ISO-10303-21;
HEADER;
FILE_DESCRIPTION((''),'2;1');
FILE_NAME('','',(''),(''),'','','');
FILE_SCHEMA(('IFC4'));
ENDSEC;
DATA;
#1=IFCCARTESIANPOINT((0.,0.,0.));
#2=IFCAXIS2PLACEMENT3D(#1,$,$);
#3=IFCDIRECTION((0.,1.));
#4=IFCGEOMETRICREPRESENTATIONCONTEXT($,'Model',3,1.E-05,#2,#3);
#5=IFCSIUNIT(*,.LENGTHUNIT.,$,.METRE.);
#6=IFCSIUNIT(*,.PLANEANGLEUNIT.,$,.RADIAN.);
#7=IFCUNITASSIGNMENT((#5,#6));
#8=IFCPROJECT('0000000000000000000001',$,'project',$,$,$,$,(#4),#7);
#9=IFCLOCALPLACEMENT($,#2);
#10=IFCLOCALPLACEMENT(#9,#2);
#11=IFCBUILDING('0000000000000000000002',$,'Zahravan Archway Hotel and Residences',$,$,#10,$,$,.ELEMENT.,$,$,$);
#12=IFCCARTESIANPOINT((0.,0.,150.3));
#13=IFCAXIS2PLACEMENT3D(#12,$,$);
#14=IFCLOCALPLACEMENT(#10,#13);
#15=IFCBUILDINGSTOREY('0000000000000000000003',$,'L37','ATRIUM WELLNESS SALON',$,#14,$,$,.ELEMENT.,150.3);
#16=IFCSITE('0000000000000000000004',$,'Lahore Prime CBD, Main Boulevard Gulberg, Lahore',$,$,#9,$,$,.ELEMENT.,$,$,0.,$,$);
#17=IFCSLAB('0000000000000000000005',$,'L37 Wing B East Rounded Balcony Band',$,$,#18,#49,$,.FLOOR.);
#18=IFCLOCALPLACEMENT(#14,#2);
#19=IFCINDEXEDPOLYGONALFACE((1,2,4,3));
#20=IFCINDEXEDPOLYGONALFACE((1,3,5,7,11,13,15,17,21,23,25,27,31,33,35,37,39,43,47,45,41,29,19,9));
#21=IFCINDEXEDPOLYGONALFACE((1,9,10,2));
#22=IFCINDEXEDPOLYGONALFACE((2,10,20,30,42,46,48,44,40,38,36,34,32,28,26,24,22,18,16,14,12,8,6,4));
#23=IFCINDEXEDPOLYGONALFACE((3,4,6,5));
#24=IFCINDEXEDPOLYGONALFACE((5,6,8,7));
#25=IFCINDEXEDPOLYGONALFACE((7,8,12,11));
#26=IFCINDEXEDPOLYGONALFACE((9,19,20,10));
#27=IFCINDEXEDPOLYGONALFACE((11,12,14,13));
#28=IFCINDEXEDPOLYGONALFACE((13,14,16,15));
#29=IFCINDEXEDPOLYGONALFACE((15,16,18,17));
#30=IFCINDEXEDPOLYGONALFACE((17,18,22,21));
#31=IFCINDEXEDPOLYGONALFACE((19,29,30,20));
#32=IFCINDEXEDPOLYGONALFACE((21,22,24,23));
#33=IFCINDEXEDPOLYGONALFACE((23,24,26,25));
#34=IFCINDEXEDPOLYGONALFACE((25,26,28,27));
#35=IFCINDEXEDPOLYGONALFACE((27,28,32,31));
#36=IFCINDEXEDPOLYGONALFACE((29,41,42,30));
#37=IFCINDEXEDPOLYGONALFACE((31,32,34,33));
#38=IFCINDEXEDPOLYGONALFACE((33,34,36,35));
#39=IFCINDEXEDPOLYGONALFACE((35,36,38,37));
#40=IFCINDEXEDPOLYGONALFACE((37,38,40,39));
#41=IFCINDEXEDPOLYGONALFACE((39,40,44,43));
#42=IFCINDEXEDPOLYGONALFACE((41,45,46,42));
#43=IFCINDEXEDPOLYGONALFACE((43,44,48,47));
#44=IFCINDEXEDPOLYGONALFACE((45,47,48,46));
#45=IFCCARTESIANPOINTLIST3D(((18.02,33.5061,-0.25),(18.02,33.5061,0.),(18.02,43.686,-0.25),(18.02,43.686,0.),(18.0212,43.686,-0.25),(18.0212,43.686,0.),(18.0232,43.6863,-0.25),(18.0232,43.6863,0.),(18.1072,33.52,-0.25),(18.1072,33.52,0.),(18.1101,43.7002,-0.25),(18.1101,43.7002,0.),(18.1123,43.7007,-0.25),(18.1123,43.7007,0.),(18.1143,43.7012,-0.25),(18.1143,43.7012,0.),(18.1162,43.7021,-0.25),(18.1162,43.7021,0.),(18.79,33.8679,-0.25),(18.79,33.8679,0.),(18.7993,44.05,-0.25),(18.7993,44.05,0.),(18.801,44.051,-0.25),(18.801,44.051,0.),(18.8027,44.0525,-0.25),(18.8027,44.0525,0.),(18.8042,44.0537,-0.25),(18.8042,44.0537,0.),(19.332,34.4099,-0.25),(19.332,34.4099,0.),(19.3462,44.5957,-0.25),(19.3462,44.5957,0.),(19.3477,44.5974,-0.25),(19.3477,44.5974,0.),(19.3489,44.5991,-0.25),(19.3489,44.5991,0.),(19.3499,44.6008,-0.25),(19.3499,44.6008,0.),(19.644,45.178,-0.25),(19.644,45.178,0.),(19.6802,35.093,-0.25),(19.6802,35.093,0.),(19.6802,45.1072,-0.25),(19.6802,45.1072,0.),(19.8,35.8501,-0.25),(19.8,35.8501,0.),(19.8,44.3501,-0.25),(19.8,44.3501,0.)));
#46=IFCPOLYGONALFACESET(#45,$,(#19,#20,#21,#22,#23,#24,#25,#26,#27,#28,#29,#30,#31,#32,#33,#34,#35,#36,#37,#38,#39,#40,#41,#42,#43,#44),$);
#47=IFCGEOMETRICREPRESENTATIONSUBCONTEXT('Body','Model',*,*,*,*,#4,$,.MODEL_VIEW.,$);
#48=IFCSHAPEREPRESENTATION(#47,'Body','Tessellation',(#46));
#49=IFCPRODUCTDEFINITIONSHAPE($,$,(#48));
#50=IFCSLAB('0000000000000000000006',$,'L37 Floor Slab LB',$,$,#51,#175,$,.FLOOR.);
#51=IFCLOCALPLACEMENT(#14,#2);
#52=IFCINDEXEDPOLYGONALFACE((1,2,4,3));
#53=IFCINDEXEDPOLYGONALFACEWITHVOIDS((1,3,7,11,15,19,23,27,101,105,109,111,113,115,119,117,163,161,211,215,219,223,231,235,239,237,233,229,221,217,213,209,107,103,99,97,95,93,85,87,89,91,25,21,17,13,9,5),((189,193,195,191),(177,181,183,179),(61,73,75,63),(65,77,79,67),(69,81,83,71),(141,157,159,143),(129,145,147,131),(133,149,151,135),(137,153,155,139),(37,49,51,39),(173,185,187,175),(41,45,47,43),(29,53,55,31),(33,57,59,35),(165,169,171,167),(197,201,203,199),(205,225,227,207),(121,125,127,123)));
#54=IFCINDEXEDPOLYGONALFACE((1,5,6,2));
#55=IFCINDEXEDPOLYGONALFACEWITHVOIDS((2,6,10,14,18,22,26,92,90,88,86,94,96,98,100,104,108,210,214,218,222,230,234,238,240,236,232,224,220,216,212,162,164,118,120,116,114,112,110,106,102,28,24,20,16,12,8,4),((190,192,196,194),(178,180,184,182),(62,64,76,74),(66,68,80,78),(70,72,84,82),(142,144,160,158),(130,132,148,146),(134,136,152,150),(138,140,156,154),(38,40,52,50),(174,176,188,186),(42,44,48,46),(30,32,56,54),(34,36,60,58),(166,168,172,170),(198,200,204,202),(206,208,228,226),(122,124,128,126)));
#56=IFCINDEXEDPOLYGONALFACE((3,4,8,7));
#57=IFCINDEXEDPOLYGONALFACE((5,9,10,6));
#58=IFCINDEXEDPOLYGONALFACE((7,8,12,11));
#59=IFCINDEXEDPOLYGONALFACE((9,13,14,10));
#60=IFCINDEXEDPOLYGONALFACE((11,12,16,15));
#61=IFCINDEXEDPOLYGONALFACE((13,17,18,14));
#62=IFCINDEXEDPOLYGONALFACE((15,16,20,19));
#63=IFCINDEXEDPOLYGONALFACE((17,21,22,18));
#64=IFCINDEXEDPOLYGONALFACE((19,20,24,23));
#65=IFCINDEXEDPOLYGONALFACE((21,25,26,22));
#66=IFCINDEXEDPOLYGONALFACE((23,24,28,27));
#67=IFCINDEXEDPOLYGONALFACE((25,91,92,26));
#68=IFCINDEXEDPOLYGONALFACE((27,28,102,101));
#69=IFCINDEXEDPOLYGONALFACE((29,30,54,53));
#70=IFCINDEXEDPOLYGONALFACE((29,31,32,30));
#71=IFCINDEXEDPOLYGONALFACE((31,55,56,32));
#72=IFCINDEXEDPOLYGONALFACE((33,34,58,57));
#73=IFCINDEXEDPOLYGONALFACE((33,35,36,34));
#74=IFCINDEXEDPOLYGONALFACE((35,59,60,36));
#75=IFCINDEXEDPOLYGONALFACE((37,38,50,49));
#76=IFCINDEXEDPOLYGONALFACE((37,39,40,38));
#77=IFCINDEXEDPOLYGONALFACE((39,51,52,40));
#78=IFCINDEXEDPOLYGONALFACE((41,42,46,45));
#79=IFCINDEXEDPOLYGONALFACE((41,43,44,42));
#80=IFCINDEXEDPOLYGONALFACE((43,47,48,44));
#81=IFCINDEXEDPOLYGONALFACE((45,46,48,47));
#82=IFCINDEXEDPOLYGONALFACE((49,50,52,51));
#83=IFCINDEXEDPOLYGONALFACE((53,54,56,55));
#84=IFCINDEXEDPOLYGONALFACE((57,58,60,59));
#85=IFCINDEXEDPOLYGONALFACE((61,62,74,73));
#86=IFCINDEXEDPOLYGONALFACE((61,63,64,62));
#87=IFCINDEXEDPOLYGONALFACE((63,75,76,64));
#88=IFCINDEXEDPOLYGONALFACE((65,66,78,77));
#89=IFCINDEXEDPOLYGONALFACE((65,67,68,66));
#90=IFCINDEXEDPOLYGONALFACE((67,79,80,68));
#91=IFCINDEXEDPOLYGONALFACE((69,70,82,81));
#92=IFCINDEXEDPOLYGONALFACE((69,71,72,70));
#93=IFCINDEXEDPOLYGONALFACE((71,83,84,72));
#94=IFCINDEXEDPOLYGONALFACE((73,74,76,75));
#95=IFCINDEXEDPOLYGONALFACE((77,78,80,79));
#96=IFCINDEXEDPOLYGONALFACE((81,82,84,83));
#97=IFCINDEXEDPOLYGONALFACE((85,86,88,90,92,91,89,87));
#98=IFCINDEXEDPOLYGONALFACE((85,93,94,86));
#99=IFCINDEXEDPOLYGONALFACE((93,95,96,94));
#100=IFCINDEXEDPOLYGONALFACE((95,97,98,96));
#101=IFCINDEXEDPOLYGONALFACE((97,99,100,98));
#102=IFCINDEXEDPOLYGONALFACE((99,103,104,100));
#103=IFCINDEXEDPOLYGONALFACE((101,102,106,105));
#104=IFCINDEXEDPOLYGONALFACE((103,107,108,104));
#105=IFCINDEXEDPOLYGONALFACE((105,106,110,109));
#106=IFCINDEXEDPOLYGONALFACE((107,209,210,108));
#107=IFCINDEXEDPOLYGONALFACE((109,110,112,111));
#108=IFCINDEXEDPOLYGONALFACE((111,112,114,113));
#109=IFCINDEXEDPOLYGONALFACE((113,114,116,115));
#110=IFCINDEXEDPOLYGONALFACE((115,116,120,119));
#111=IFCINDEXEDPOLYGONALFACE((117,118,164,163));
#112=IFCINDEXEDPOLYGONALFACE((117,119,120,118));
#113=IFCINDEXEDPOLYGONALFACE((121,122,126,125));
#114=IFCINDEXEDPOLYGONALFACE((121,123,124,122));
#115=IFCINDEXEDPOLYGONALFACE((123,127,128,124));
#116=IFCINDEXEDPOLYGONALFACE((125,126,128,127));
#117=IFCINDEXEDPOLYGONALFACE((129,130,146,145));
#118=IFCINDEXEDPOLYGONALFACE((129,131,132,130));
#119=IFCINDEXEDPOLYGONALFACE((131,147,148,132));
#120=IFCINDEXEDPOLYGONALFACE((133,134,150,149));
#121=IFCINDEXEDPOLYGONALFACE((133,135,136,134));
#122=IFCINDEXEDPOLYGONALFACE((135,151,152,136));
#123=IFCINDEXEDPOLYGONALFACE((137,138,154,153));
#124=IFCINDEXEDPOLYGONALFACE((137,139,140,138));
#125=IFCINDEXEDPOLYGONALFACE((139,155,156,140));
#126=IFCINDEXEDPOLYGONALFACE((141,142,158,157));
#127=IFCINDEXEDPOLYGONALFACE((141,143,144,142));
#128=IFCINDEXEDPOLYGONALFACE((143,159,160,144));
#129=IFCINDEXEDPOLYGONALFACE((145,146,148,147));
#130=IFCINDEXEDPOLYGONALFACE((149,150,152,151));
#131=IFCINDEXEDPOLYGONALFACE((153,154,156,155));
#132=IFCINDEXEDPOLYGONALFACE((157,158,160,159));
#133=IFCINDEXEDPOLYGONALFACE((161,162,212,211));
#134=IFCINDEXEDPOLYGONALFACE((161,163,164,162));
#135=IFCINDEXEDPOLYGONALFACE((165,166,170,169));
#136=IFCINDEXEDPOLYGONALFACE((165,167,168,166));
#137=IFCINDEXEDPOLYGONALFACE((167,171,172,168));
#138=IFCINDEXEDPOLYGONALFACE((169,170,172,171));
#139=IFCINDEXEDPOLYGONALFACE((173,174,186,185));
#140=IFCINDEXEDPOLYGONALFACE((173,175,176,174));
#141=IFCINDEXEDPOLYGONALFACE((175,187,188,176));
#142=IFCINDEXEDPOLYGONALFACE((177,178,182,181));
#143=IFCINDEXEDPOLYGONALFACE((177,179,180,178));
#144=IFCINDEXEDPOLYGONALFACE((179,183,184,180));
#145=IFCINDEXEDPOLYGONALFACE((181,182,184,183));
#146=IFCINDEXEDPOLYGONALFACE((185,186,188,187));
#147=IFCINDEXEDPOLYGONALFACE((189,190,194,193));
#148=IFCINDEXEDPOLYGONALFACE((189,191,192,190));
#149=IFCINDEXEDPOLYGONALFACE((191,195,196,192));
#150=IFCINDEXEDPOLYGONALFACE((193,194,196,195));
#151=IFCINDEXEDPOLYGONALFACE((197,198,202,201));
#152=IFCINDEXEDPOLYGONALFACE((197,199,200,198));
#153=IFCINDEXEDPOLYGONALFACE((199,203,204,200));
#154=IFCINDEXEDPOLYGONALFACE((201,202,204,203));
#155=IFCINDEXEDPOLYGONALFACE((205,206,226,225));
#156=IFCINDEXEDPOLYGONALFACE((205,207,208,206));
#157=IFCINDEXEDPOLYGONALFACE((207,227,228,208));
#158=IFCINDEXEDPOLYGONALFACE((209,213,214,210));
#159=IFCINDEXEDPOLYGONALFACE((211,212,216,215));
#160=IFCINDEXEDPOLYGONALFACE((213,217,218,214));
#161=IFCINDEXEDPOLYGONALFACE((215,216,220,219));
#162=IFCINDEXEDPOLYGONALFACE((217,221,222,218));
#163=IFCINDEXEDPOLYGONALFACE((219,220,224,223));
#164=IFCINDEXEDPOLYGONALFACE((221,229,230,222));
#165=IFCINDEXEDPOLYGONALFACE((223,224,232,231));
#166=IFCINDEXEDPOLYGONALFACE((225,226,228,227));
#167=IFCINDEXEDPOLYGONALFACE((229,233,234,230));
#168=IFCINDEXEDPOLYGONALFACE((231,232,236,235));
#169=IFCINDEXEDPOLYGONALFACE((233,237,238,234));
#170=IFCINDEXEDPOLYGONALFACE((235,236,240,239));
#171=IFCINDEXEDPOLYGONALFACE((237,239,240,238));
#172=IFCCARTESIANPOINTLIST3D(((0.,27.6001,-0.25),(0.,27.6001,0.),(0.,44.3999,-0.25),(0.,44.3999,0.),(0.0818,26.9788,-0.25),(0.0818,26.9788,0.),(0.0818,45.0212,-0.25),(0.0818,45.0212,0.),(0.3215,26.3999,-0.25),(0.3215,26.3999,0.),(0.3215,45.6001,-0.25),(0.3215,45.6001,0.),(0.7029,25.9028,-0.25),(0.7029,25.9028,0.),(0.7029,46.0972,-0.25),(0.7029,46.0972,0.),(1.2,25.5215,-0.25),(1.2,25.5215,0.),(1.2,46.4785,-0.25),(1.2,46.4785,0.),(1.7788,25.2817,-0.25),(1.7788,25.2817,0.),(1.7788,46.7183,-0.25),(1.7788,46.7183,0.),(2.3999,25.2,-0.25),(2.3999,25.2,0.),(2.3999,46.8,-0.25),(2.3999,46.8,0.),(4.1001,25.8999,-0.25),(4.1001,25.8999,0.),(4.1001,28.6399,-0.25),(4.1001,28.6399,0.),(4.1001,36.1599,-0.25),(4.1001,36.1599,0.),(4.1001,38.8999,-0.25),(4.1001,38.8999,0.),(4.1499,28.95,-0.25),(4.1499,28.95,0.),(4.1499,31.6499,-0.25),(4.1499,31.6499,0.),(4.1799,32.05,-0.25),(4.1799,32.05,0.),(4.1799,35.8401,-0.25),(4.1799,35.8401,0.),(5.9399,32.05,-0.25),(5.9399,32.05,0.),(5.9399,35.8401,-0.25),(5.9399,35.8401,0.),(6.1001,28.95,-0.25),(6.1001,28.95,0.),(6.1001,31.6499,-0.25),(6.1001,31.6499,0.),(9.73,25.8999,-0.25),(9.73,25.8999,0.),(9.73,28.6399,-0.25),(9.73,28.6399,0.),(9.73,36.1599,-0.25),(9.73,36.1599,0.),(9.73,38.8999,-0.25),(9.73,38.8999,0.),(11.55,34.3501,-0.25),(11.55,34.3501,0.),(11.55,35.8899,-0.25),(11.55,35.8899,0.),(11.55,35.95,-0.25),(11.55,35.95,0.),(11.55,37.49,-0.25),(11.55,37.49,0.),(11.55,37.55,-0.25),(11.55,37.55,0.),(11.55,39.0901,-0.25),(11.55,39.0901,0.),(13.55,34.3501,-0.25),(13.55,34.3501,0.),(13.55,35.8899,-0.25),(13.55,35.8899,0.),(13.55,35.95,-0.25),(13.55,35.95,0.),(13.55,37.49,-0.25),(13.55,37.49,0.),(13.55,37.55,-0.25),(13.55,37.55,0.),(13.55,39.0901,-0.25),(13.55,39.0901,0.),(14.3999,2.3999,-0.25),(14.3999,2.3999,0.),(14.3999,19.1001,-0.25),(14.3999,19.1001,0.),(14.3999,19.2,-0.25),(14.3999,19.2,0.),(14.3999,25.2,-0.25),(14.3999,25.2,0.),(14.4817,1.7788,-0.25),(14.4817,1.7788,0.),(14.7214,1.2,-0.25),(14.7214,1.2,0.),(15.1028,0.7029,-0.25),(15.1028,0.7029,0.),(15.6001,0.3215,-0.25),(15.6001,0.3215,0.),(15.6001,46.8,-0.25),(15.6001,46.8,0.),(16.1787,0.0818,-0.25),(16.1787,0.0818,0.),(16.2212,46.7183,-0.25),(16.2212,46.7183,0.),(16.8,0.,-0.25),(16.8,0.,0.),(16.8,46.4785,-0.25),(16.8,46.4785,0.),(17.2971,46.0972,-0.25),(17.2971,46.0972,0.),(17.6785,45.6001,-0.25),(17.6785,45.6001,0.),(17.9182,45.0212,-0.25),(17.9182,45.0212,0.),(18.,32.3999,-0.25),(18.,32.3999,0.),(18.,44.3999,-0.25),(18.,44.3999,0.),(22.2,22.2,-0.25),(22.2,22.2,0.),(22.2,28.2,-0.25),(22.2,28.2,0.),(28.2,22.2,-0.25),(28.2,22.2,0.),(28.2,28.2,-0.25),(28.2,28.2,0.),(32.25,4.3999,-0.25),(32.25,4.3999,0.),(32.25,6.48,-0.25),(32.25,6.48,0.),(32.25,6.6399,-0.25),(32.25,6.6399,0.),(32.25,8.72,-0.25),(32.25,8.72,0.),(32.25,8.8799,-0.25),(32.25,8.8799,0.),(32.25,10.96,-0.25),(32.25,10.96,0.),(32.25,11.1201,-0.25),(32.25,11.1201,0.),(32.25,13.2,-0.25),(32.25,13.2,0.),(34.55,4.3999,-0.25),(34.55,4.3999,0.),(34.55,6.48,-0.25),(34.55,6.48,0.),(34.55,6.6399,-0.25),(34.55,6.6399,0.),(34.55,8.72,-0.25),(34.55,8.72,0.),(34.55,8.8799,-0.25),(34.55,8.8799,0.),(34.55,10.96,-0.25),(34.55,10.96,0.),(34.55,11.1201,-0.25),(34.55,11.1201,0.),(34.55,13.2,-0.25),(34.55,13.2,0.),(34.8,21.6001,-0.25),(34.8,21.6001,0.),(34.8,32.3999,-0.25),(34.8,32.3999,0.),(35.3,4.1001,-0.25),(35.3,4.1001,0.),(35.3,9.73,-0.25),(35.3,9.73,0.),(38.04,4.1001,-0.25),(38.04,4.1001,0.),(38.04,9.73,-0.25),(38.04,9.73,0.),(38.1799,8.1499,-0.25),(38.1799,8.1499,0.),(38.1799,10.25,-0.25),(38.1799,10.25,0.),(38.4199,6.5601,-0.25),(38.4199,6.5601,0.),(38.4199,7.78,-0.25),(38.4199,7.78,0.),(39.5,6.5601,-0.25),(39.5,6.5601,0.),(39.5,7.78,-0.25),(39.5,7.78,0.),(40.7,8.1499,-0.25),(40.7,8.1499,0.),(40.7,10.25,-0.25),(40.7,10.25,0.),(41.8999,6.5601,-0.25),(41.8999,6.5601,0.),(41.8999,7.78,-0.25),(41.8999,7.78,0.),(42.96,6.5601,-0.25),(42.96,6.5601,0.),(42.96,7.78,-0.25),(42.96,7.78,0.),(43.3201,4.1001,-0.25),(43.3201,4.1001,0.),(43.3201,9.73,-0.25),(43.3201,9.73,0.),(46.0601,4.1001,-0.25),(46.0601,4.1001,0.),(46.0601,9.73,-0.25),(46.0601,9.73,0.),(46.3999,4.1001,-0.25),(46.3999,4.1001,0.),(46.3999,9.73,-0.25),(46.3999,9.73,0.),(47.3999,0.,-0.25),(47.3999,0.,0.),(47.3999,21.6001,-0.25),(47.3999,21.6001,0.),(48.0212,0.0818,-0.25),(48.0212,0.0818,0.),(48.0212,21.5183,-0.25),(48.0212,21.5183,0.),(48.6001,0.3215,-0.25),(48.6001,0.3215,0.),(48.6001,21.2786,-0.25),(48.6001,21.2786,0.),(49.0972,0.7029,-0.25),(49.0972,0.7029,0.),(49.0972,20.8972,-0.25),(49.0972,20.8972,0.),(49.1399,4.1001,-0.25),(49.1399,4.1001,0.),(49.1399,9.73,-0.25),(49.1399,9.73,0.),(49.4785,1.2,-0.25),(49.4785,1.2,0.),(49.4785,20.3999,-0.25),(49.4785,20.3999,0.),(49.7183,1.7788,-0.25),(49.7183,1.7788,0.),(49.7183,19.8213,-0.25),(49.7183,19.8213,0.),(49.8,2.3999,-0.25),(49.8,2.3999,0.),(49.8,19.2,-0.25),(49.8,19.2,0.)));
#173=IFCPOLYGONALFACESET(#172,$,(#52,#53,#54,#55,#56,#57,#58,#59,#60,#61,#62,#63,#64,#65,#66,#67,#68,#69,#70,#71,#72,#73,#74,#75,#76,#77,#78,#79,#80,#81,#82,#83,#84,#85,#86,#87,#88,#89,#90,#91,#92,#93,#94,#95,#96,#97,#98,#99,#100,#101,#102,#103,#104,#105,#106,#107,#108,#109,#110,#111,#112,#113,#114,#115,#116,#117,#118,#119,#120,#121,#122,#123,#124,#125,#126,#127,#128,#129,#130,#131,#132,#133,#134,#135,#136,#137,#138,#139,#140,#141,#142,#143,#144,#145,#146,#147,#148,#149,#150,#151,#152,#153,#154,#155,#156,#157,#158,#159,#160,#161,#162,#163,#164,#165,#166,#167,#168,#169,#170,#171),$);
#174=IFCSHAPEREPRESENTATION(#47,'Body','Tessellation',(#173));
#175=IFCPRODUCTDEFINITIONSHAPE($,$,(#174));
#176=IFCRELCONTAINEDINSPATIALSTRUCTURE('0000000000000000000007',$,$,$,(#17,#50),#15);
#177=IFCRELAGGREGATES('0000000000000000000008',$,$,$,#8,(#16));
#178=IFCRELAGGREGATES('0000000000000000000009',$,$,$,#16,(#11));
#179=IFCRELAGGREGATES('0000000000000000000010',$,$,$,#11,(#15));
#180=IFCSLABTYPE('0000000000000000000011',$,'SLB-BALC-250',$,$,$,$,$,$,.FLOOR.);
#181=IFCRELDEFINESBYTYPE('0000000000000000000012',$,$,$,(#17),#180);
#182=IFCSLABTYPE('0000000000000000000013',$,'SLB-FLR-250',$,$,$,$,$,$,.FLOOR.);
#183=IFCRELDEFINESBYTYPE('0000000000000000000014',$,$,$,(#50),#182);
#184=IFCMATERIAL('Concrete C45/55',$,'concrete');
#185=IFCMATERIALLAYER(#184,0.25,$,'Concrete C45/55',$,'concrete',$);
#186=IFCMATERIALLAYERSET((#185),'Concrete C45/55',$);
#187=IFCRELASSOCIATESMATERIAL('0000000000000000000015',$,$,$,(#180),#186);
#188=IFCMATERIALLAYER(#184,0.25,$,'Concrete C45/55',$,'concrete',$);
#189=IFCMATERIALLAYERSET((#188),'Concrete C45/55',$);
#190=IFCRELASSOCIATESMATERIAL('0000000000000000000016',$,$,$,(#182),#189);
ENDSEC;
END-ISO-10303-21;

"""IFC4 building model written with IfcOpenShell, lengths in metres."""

from ifc_helpers import new_model, si_unit, direction, frame, origin, place, context, subcontext, project, spatial, polyline, outline, extrude, material, layer, layer_set, type_object, element, save


model = new_model("IFC4")

# Units and contexts
model_context = context("Model", 3, precision=1e-05, world=origin(), true_north=direction((0.0, 1.0)))
body_context = subcontext(model_context, "Body", "Model", "MODEL_VIEW")
ifc_project = project(units=[si_unit("LENGTHUNIT", "METRE"), si_unit("PLANEANGLEUNIT", "RADIAN")], contexts=[model_context])

# Site, building, storey
site_placement = place(None, origin())
site = spatial("IfcSite", under=ifc_project, at=site_placement, Name="Lahore Prime CBD, Main Boulevard Gulberg, Lahore", CompositionType="ELEMENT", RefElevation=0.0)
building_placement = place(site_placement, origin())
building = spatial("IfcBuilding", under=site, at=building_placement, Name="Zahravan Archway Hotel and Residences", CompositionType="ELEMENT")
storey_placement = place(building_placement, frame((0.0, 0.0, 150.3)))
storey = spatial("IfcBuildingStorey", under=building, at=storey_placement, Name="L37", Description="ATRIUM WELLNESS SALON", CompositionType="ELEMENT", Elevation=150.3)

# Slabs
ifc_material_1 = material(Name="Concrete C45/55", Category="concrete")
ifc_layer_1 = layer(ifc_material_1, 0.25, Name="Concrete C45/55", Category="concrete")
ifc_layer_set_1 = layer_set([ifc_layer_1], Name="Concrete C45/55")
slab_type_1 = type_object("IfcSlabType", Name="SLB-BALC-250", PredefinedType="FLOOR", material=ifc_layer_set_1)
slab_1_placement = place(storey_placement, frame((0.0, 0.0, -0.25)))
element("IfcSlab", 1, at=slab_1_placement, inside=storey, type_object=slab_type_1, Name="L37 Wing B East Rounded Balcony Band", PredefinedType="FLOOR", context=body_context, shape_type="SweptSolid", body=[
    extrude(outline(polyline([(19.6802, 45.1072), (19.8, 44.3501), (19.8, 35.8501), (19.6802, 35.093), (19.332, 34.4099), (18.79, 33.8679), (18.1072, 33.52), (18.02, 33.5061), (18.02, 43.686), (18.0212, 43.686), (18.0232, 43.6863), (18.1101, 43.7002), (18.1123, 43.7007), (18.1143, 43.7012), (18.1162, 43.7021), (18.7993, 44.05), (18.801, 44.051), (18.8027, 44.0525), (18.8042, 44.0537), (19.3462, 44.5957), (19.3477, 44.5974), (19.3489, 44.5991), (19.3499, 44.6008), (19.644, 45.178), (19.6802, 45.1072)])), origin(), (0.0, 0.0, 1.0), 0.25),
])
ifc_layer_2 = layer(ifc_material_1, 0.25, Name="Concrete C45/55", Category="concrete")
ifc_layer_set_2 = layer_set([ifc_layer_2], Name="Concrete C45/55")
slab_type_2 = type_object("IfcSlabType", Name="SLB-FLR-250", PredefinedType="FLOOR", material=ifc_layer_set_2)
slab_2_placement = place(storey_placement, frame((0.0, 0.0, -0.25)))
element("IfcSlab", 2, at=slab_2_placement, inside=storey, type_object=slab_type_2, Name="L37 Floor Slab LB", PredefinedType="FLOOR", context=body_context, shape_type="SweptSolid", body=[
    extrude(outline(polyline([(34.8, 21.6001), (34.8, 32.3999), (18.0, 32.3999), (18.0, 44.3999), (17.9182, 45.0212), (17.6785, 45.6001), (17.2971, 46.0972), (16.8, 46.4785), (16.2212, 46.7183), (15.6001, 46.8), (2.3999, 46.8), (1.7788, 46.7183), (1.2, 46.4785), (0.7029, 46.0972), (0.3215, 45.6001), (0.0818, 45.0212), (0.0, 44.3999), (0.0, 27.6001), (0.0818, 26.9788), (0.3215, 26.3999), (0.7029, 25.9028), (1.2, 25.5215), (1.7788, 25.2817), (2.3999, 25.2), (14.3999, 25.2), (14.3999, 19.2), (14.3999, 19.1001), (14.3999, 2.3999), (14.4817, 1.7788), (14.7214, 1.2), (15.1028, 0.7029), (15.6001, 0.3215), (16.1787, 0.0818), (16.8, 0.0), (47.3999, 0.0), (48.0212, 0.0818), (48.6001, 0.3215), (49.0972, 0.7029), (49.4785, 1.2), (49.7183, 1.7788), (49.8, 2.3999), (49.8, 19.2), (49.7183, 19.8213), (49.4785, 20.3999), (49.0972, 20.8972), (48.6001, 21.2786), (48.0212, 21.5183), (47.3999, 21.6001), (34.8, 21.6001)]), holes=[polyline([(35.3, 9.73), (35.3, 4.1001), (38.04, 4.1001), (38.04, 9.73), (35.3, 9.73)]), polyline([(43.3201, 9.73), (43.3201, 4.1001), (46.0601, 4.1001), (46.0601, 9.73), (43.3201, 9.73)]), polyline([(46.3999, 9.73), (46.3999, 4.1001), (49.1399, 4.1001), (49.1399, 9.73), (46.3999, 9.73)]), polyline([(9.73, 28.6399), (4.1001, 28.6399), (4.1001, 25.8999), (9.73, 25.8999), (9.73, 28.6399)]), polyline([(9.73, 38.8999), (4.1001, 38.8999), (4.1001, 36.1599), (9.73, 36.1599), (9.73, 38.8999)]), polyline([(38.1799, 8.1499), (40.7, 8.1499), (40.7, 10.25), (38.1799, 10.25), (38.1799, 8.1499)]), polyline([(4.1499, 28.95), (6.1001, 28.95), (6.1001, 31.6499), (4.1499, 31.6499), (4.1499, 28.95)]), polyline([(11.55, 34.3501), (13.55, 34.3501), (13.55, 35.8899), (11.55, 35.8899), (11.55, 34.3501)]), polyline([(11.55, 35.95), (13.55, 35.95), (13.55, 37.49), (11.55, 37.49), (11.55, 35.95)]), polyline([(11.55, 37.55), (13.55, 37.55), (13.55, 39.0901), (11.55, 39.0901), (11.55, 37.55)]), polyline([(32.25, 4.3999), (34.55, 4.3999), (34.55, 6.48), (32.25, 6.48), (32.25, 4.3999)]), polyline([(32.25, 6.6399), (34.55, 6.6399), (34.55, 8.72), (32.25, 8.72), (32.25, 6.6399)]), polyline([(32.25, 8.8799), (34.55, 8.8799), (34.55, 10.96), (32.25, 10.96), (32.25, 8.8799)]), polyline([(32.25, 11.1201), (34.55, 11.1201), (34.55, 13.2), (32.25, 13.2), (32.25, 11.1201)]), polyline([(22.2, 22.2), (28.2, 22.2), (28.2, 28.2), (22.2, 28.2), (22.2, 22.2)]), polyline([(38.4199, 6.5601), (39.5, 6.5601), (39.5, 7.78), (38.4199, 7.78), (38.4199, 6.5601)]), polyline([(41.8999, 6.5601), (42.96, 6.5601), (42.96, 7.78), (41.8999, 7.78), (41.8999, 6.5601)]), polyline([(4.1799, 32.05), (5.9399, 32.05), (5.9399, 35.8401), (4.1799, 35.8401), (4.1799, 32.05)])]), origin(), (0.0, 0.0, 1.0), 0.25),
])

save(model, "model.ifc")
